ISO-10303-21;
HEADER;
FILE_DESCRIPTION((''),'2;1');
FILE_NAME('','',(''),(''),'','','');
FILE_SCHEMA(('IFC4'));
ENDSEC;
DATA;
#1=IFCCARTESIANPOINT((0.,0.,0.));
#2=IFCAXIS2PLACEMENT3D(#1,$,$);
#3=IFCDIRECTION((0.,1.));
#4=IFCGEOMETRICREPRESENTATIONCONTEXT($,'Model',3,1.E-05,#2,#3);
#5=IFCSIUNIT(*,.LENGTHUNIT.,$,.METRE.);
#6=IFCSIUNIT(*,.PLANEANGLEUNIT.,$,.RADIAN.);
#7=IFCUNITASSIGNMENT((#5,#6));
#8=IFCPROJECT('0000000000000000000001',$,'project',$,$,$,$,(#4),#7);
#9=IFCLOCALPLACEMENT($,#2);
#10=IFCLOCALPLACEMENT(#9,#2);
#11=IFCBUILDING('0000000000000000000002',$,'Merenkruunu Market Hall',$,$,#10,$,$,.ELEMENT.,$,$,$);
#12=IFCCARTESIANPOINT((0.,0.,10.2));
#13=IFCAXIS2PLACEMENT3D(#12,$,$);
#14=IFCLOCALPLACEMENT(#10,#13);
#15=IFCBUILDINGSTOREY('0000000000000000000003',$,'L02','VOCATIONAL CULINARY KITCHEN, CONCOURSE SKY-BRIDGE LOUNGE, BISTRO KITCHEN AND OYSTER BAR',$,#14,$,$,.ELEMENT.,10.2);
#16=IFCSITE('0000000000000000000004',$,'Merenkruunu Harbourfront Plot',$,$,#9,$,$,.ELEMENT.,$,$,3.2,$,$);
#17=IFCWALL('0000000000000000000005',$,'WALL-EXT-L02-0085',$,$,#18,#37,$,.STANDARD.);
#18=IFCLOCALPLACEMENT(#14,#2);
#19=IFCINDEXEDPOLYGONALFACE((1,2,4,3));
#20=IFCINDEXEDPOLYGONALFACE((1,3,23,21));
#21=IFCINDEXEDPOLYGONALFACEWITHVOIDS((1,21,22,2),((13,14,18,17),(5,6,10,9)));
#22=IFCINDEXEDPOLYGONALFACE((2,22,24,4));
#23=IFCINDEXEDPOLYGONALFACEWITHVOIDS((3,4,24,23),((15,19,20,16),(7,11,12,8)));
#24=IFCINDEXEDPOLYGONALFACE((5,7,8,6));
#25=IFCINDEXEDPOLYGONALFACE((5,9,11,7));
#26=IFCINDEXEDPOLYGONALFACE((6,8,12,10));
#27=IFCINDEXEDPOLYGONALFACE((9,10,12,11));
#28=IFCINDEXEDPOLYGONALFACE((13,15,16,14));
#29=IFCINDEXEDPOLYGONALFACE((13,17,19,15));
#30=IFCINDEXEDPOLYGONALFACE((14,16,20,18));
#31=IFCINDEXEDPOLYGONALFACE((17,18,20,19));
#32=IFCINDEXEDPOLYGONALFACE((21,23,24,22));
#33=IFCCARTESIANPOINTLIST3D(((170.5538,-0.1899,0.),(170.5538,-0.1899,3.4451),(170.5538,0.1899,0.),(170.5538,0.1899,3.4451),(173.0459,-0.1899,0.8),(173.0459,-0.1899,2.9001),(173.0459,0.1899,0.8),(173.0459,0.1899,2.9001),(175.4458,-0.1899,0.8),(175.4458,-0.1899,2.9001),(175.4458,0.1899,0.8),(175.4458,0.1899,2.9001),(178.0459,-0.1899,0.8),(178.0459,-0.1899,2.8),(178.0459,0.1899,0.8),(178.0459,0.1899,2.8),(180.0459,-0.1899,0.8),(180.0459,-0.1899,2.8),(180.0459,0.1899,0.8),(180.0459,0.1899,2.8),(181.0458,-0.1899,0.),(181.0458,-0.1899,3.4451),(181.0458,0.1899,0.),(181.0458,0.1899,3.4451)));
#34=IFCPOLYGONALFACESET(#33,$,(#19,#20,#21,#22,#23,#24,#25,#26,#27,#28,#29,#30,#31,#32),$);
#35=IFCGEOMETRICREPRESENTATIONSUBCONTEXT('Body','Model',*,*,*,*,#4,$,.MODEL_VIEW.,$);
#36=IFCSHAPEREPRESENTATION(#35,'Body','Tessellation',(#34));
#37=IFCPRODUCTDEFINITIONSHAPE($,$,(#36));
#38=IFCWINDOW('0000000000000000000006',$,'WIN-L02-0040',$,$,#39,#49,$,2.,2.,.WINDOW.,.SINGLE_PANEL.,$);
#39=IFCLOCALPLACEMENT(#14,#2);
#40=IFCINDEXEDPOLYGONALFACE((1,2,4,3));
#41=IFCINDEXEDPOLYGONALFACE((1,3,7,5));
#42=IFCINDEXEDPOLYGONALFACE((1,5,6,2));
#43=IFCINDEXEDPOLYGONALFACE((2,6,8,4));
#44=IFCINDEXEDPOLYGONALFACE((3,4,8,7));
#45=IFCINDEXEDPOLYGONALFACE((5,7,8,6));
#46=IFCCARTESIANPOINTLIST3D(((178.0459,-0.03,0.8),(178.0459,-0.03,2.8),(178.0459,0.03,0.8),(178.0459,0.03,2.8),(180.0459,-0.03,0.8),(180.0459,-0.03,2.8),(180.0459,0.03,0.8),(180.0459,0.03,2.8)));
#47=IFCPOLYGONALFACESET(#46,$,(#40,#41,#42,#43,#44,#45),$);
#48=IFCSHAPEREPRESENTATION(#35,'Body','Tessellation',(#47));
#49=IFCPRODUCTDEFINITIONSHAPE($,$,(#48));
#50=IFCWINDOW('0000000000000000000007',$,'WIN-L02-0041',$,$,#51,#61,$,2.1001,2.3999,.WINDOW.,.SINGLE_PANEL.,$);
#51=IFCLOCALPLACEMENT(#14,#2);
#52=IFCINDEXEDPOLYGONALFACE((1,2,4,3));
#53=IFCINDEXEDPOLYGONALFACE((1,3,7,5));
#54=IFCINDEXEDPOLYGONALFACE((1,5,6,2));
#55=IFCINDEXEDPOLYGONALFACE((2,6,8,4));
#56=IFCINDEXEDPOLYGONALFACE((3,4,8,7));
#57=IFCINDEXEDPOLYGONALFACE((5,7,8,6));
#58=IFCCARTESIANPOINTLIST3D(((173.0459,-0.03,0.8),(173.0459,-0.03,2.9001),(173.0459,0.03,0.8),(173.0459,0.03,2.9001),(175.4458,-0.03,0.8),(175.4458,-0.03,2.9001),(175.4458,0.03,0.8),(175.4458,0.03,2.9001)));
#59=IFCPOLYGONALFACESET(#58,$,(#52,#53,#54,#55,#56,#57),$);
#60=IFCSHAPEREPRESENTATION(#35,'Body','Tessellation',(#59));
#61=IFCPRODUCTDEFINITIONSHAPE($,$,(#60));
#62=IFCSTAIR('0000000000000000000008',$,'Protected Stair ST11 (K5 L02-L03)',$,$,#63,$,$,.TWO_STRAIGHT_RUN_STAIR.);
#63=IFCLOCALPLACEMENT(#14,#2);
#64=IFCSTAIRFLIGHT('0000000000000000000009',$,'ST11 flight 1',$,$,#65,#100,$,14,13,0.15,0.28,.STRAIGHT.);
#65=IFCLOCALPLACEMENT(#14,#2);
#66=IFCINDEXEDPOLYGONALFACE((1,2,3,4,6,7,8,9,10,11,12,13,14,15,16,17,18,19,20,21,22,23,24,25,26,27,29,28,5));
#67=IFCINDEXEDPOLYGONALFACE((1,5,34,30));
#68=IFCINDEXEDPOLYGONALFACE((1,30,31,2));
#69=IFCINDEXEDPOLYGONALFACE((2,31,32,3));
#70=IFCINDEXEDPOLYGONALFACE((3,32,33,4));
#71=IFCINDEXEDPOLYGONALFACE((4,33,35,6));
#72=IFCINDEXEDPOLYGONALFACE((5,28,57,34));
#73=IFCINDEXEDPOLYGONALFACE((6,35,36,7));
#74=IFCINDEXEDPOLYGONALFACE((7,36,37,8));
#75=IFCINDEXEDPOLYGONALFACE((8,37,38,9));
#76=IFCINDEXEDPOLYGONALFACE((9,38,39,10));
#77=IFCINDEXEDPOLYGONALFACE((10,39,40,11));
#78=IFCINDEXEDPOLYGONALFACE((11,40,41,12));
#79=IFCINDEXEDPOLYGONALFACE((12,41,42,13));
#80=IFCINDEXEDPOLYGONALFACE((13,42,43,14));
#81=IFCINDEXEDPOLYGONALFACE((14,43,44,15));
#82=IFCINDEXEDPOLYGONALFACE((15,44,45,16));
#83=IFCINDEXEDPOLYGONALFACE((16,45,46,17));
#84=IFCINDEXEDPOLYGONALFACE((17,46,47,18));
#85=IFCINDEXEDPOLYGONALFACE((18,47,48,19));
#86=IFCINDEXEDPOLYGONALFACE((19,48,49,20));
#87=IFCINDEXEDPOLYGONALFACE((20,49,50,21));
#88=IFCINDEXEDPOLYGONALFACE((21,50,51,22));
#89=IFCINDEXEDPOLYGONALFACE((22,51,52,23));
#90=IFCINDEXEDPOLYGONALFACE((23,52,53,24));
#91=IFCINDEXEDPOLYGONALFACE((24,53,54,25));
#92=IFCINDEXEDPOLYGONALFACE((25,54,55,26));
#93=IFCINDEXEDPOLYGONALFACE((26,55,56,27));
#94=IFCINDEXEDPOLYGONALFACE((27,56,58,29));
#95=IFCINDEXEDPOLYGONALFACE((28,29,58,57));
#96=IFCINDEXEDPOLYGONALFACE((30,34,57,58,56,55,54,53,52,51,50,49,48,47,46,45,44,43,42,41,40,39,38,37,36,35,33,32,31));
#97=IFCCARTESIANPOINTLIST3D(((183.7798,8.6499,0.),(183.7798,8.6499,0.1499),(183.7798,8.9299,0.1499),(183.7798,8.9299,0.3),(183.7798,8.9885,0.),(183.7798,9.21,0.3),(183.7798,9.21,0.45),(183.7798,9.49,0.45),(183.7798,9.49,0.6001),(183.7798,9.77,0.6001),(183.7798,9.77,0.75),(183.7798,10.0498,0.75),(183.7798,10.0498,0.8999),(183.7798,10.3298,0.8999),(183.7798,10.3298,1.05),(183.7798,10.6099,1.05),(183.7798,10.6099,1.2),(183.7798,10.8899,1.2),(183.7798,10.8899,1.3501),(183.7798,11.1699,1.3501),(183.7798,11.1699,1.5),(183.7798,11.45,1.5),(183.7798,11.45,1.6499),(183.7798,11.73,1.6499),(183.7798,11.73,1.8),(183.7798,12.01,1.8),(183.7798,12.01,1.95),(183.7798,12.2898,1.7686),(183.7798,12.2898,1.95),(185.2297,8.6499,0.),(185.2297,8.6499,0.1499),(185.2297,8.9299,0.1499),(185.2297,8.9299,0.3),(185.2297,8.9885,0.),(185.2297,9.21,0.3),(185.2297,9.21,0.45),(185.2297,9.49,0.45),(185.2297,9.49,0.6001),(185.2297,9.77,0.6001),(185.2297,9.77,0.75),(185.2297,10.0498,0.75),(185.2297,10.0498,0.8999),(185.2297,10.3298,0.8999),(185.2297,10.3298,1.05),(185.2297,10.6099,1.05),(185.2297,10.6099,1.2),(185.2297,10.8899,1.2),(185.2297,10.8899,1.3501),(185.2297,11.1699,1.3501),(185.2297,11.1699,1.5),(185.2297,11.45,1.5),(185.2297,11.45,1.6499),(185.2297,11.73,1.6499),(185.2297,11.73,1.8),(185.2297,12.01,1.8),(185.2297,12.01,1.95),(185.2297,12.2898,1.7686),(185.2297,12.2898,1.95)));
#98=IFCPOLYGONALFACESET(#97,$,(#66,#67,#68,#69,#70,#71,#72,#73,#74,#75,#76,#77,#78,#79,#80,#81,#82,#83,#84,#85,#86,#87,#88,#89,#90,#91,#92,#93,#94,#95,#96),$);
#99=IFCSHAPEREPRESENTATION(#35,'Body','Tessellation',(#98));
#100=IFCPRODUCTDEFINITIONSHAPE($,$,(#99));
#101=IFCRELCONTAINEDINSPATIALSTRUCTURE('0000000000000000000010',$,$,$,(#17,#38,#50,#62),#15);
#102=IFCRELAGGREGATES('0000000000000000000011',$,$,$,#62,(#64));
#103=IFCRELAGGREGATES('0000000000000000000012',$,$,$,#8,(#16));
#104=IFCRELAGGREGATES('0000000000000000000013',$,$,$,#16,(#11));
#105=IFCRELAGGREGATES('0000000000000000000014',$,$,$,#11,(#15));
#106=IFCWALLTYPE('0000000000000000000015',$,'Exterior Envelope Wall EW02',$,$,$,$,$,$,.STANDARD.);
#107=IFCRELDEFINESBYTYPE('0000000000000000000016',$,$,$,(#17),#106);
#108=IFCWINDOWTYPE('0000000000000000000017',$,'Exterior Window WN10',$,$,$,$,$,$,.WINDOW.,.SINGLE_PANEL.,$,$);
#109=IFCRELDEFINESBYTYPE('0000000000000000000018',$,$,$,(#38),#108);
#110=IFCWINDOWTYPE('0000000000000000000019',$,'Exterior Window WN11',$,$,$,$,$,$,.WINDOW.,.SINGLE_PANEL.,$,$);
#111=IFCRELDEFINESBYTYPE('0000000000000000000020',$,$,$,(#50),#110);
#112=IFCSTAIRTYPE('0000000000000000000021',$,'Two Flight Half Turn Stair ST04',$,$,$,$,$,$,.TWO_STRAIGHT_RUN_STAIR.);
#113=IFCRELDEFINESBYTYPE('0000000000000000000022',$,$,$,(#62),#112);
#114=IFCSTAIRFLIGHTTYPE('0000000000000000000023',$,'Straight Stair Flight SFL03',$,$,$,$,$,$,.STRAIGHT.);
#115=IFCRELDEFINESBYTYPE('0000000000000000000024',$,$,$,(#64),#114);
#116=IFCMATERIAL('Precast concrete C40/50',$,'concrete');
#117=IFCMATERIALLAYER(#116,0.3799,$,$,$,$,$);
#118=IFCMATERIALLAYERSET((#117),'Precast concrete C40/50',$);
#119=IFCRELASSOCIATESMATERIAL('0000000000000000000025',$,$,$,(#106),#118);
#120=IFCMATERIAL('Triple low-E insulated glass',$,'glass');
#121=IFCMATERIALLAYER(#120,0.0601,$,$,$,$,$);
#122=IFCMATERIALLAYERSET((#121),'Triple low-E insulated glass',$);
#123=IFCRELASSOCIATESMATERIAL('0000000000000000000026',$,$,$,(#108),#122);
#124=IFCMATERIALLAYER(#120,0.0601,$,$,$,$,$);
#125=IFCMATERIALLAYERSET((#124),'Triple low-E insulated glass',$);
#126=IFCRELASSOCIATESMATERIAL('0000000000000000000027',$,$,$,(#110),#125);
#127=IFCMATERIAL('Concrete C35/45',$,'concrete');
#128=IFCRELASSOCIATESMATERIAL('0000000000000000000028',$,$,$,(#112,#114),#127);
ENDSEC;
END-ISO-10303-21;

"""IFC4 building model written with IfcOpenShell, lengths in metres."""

from ifc_helpers import new_model, si_unit, direction, frame, frame_2d, origin, place, context, subcontext, project, spatial, polyline, rectangle, outline, extrude, material, layer, layer_set, type_object, element, fill, aggregate, save


model = new_model("IFC4")

# Units and contexts
model_context = context("Model", 3, precision=1e-05, world=origin(), true_north=direction((0.0, 1.0)))
body_context = subcontext(model_context, "Body", "Model", "MODEL_VIEW")
ifc_project = project(units=[si_unit("LENGTHUNIT", "METRE"), si_unit("PLANEANGLEUNIT", "RADIAN")], contexts=[model_context])

# Site, building, storey
site_placement = place(None, origin())
site = spatial("IfcSite", under=ifc_project, at=site_placement, Name="Merenkruunu Harbourfront Plot", CompositionType="ELEMENT", RefElevation=3.2)
building_placement = place(site_placement, origin())
building = spatial("IfcBuilding", under=site, at=building_placement, Name="Merenkruunu Market Hall", CompositionType="ELEMENT")
storey_placement = place(building_placement, frame((0.0, 0.0, 10.2)))
storey = spatial("IfcBuildingStorey", under=building, at=storey_placement, Name="L02", Description="VOCATIONAL CULINARY KITCHEN, CONCOURSE SKY-BRIDGE LOUNGE, BISTRO KITCHEN AND OYSTER BAR", CompositionType="ELEMENT", Elevation=10.2)

# Shared definitions
ifc_material_1 = material(Name="Triple low-E insulated glass", Category="glass")

# Wall, openings, windows
ifc_material_2 = material(Name="Precast concrete C40/50", Category="concrete")
ifc_layer_1 = layer(ifc_material_2, 0.3799)
ifc_layer_set_1 = layer_set([ifc_layer_1], Name="Precast concrete C40/50")
wall_type = type_object("IfcWallType", Name="Exterior Envelope Wall EW02", PredefinedType="STANDARD", material=ifc_layer_set_1)
wall_placement = place(storey_placement, frame((181.0459, 0.0, 0.0), z_axis=(0.0, 0.0, 1.0), x_axis=(-1.0, 0.0, 0.0)))
wall = element("IfcWall", 1, at=wall_placement, inside=storey, type_object=wall_type, Name="WALL-EXT-L02-0085", PredefinedType="STANDARD", context=body_context, shape_type="SweptSolid", body=[
    extrude(rectangle(XDim=10.4919, YDim=0.3799, at=frame_2d((5.2461, 0.0))), origin(), (0.0, 0.0, 1.0), 3.4451),
])
opening_1_placement = place(wall_placement, frame((1.0, 0.0, 0.8)))
opening_1 = element("IfcOpeningElement", 2, at=opening_1_placement, cuts=wall, PredefinedType="OPENING", context=body_context, shape_type="SweptSolid", body=[
    extrude(rectangle(XDim=2.0, YDim=2.0, at=frame_2d((1.0, 1.0))), frame((0.0, 0.2, 0.0), z_axis=(0.0, -1.0, 0.0), x_axis=(1.0, 0.0, 0.0)), (0.0, 0.0, 1.0), 0.3999),
])
opening_2_placement = place(wall_placement, frame((5.6001, 0.0, 0.8)))
opening_2 = element("IfcOpeningElement", 3, at=opening_2_placement, cuts=wall, PredefinedType="OPENING", context=body_context, shape_type="SweptSolid", body=[
    extrude(rectangle(XDim=2.3999, YDim=2.1001, at=frame_2d((1.2, 1.05))), frame((0.0, 0.2, 0.0), z_axis=(0.0, -1.0, 0.0), x_axis=(1.0, 0.0, 0.0)), (0.0, 0.0, 1.0), 0.3999),
])
ifc_layer_2 = layer(ifc_material_1, 0.0601)
ifc_layer_set_2 = layer_set([ifc_layer_2], Name="Triple low-E insulated glass")
window_type_1 = type_object("IfcWindowType", Name="Exterior Window WN10", PartitioningType="SINGLE_PANEL", PredefinedType="WINDOW", material=ifc_layer_set_2)
window_1_placement = place(opening_1_placement, origin())
window_1 = element("IfcWindow", 4, at=window_1_placement, inside=storey, type_object=window_type_1, Name="WIN-L02-0040", OverallHeight=2.0, OverallWidth=2.0, PartitioningType="SINGLE_PANEL", PredefinedType="WINDOW", context=body_context, shape_type="SweptSolid", body=[
    extrude(rectangle(XDim=2.0, YDim=2.0, at=frame_2d((1.0, 1.0))), frame((0.0, 0.03, 0.0), z_axis=(0.0, -1.0, 0.0), x_axis=(1.0, 0.0, 0.0)), (0.0, 0.0, 1.0), 0.0601),
])
fill(opening_1, window_1)
ifc_layer_3 = layer(ifc_material_1, 0.0601)
ifc_layer_set_3 = layer_set([ifc_layer_3], Name="Triple low-E insulated glass")
window_type_2 = type_object("IfcWindowType", Name="Exterior Window WN11", PartitioningType="SINGLE_PANEL", PredefinedType="WINDOW", material=ifc_layer_set_3)
window_2_placement = place(opening_2_placement, origin())
window_2 = element("IfcWindow", 5, at=window_2_placement, inside=storey, type_object=window_type_2, Name="WIN-L02-0041", OverallHeight=2.1001, OverallWidth=2.3999, PartitioningType="SINGLE_PANEL", PredefinedType="WINDOW", context=body_context, shape_type="SweptSolid", body=[
    extrude(rectangle(XDim=2.3999, YDim=2.1001, at=frame_2d((1.2, 1.05))), frame((0.0, 0.03, 0.0), z_axis=(0.0, -1.0, 0.0), x_axis=(1.0, 0.0, 0.0)), (0.0, 0.0, 1.0), 0.0601),
])
fill(opening_2, window_2)

# Stair, stair flight
ifc_material_3 = material(Name="Concrete C35/45", Category="concrete")
stair_type = type_object("IfcStairType", Name="Two Flight Half Turn Stair ST04", PredefinedType="TWO_STRAIGHT_RUN_STAIR", material=ifc_material_3)
stair_placement = place(storey_placement, origin())
stair = element("IfcStair", 6, at=stair_placement, inside=storey, type_object=stair_type, Name="Protected Stair ST11 (K5 L02-L03)", PredefinedType="TWO_STRAIGHT_RUN_STAIR")
stair_flight_type = type_object("IfcStairFlightType", Name="Straight Stair Flight SFL03", PredefinedType="STRAIGHT", material=ifc_material_3)
stair_flight_placement = place(storey_placement, frame((184.5049, 8.6499, 0.0), z_axis=(0.0, 0.0, 1.0), x_axis=(0.0, 1.0, 0.0)))
stair_flight = element("IfcStairFlight", 7, at=stair_flight_placement, type_object=stair_flight_type, Name="ST11 flight 1", NumberOfRisers=14, NumberOfTreads=13, PredefinedType="STRAIGHT", RiserHeight=0.15, TreadLength=0.28, context=body_context, shape_type="SweptSolid", body=[
    extrude(outline(polyline([(0.0, 0.0), (0.0, 0.1499), (0.28, 0.1499), (0.28, 0.3), (0.5601, 0.3), (0.5601, 0.45), (0.8401, 0.45), (0.8401, 0.6001), (1.1201, 0.6001), (1.1201, 0.75), (1.3999, 0.75), (1.3999, 0.8999), (1.6799, 0.8999), (1.6799, 1.05), (1.96, 1.05), (1.96, 1.2), (2.24, 1.2), (2.24, 1.3501), (2.52, 1.3501), (2.52, 1.5), (2.8, 1.5), (2.8, 1.6499), (3.0801, 1.6499), (3.0801, 1.8), (3.3601, 1.8), (3.3601, 1.95), (3.6399, 1.95), (3.6399, 2.1001), (3.6399, 1.7686), (0.3386, 0.0), (0.0, 0.0)])), frame((0.0, 0.7251, 0.0), z_axis=(0.0, -1.0, 0.0), x_axis=(1.0, 0.0, 0.0)), (0.0, 0.0, 1.0), 1.45),
])
aggregate(stair, [stair_flight])

save(model, "model.ifc")
